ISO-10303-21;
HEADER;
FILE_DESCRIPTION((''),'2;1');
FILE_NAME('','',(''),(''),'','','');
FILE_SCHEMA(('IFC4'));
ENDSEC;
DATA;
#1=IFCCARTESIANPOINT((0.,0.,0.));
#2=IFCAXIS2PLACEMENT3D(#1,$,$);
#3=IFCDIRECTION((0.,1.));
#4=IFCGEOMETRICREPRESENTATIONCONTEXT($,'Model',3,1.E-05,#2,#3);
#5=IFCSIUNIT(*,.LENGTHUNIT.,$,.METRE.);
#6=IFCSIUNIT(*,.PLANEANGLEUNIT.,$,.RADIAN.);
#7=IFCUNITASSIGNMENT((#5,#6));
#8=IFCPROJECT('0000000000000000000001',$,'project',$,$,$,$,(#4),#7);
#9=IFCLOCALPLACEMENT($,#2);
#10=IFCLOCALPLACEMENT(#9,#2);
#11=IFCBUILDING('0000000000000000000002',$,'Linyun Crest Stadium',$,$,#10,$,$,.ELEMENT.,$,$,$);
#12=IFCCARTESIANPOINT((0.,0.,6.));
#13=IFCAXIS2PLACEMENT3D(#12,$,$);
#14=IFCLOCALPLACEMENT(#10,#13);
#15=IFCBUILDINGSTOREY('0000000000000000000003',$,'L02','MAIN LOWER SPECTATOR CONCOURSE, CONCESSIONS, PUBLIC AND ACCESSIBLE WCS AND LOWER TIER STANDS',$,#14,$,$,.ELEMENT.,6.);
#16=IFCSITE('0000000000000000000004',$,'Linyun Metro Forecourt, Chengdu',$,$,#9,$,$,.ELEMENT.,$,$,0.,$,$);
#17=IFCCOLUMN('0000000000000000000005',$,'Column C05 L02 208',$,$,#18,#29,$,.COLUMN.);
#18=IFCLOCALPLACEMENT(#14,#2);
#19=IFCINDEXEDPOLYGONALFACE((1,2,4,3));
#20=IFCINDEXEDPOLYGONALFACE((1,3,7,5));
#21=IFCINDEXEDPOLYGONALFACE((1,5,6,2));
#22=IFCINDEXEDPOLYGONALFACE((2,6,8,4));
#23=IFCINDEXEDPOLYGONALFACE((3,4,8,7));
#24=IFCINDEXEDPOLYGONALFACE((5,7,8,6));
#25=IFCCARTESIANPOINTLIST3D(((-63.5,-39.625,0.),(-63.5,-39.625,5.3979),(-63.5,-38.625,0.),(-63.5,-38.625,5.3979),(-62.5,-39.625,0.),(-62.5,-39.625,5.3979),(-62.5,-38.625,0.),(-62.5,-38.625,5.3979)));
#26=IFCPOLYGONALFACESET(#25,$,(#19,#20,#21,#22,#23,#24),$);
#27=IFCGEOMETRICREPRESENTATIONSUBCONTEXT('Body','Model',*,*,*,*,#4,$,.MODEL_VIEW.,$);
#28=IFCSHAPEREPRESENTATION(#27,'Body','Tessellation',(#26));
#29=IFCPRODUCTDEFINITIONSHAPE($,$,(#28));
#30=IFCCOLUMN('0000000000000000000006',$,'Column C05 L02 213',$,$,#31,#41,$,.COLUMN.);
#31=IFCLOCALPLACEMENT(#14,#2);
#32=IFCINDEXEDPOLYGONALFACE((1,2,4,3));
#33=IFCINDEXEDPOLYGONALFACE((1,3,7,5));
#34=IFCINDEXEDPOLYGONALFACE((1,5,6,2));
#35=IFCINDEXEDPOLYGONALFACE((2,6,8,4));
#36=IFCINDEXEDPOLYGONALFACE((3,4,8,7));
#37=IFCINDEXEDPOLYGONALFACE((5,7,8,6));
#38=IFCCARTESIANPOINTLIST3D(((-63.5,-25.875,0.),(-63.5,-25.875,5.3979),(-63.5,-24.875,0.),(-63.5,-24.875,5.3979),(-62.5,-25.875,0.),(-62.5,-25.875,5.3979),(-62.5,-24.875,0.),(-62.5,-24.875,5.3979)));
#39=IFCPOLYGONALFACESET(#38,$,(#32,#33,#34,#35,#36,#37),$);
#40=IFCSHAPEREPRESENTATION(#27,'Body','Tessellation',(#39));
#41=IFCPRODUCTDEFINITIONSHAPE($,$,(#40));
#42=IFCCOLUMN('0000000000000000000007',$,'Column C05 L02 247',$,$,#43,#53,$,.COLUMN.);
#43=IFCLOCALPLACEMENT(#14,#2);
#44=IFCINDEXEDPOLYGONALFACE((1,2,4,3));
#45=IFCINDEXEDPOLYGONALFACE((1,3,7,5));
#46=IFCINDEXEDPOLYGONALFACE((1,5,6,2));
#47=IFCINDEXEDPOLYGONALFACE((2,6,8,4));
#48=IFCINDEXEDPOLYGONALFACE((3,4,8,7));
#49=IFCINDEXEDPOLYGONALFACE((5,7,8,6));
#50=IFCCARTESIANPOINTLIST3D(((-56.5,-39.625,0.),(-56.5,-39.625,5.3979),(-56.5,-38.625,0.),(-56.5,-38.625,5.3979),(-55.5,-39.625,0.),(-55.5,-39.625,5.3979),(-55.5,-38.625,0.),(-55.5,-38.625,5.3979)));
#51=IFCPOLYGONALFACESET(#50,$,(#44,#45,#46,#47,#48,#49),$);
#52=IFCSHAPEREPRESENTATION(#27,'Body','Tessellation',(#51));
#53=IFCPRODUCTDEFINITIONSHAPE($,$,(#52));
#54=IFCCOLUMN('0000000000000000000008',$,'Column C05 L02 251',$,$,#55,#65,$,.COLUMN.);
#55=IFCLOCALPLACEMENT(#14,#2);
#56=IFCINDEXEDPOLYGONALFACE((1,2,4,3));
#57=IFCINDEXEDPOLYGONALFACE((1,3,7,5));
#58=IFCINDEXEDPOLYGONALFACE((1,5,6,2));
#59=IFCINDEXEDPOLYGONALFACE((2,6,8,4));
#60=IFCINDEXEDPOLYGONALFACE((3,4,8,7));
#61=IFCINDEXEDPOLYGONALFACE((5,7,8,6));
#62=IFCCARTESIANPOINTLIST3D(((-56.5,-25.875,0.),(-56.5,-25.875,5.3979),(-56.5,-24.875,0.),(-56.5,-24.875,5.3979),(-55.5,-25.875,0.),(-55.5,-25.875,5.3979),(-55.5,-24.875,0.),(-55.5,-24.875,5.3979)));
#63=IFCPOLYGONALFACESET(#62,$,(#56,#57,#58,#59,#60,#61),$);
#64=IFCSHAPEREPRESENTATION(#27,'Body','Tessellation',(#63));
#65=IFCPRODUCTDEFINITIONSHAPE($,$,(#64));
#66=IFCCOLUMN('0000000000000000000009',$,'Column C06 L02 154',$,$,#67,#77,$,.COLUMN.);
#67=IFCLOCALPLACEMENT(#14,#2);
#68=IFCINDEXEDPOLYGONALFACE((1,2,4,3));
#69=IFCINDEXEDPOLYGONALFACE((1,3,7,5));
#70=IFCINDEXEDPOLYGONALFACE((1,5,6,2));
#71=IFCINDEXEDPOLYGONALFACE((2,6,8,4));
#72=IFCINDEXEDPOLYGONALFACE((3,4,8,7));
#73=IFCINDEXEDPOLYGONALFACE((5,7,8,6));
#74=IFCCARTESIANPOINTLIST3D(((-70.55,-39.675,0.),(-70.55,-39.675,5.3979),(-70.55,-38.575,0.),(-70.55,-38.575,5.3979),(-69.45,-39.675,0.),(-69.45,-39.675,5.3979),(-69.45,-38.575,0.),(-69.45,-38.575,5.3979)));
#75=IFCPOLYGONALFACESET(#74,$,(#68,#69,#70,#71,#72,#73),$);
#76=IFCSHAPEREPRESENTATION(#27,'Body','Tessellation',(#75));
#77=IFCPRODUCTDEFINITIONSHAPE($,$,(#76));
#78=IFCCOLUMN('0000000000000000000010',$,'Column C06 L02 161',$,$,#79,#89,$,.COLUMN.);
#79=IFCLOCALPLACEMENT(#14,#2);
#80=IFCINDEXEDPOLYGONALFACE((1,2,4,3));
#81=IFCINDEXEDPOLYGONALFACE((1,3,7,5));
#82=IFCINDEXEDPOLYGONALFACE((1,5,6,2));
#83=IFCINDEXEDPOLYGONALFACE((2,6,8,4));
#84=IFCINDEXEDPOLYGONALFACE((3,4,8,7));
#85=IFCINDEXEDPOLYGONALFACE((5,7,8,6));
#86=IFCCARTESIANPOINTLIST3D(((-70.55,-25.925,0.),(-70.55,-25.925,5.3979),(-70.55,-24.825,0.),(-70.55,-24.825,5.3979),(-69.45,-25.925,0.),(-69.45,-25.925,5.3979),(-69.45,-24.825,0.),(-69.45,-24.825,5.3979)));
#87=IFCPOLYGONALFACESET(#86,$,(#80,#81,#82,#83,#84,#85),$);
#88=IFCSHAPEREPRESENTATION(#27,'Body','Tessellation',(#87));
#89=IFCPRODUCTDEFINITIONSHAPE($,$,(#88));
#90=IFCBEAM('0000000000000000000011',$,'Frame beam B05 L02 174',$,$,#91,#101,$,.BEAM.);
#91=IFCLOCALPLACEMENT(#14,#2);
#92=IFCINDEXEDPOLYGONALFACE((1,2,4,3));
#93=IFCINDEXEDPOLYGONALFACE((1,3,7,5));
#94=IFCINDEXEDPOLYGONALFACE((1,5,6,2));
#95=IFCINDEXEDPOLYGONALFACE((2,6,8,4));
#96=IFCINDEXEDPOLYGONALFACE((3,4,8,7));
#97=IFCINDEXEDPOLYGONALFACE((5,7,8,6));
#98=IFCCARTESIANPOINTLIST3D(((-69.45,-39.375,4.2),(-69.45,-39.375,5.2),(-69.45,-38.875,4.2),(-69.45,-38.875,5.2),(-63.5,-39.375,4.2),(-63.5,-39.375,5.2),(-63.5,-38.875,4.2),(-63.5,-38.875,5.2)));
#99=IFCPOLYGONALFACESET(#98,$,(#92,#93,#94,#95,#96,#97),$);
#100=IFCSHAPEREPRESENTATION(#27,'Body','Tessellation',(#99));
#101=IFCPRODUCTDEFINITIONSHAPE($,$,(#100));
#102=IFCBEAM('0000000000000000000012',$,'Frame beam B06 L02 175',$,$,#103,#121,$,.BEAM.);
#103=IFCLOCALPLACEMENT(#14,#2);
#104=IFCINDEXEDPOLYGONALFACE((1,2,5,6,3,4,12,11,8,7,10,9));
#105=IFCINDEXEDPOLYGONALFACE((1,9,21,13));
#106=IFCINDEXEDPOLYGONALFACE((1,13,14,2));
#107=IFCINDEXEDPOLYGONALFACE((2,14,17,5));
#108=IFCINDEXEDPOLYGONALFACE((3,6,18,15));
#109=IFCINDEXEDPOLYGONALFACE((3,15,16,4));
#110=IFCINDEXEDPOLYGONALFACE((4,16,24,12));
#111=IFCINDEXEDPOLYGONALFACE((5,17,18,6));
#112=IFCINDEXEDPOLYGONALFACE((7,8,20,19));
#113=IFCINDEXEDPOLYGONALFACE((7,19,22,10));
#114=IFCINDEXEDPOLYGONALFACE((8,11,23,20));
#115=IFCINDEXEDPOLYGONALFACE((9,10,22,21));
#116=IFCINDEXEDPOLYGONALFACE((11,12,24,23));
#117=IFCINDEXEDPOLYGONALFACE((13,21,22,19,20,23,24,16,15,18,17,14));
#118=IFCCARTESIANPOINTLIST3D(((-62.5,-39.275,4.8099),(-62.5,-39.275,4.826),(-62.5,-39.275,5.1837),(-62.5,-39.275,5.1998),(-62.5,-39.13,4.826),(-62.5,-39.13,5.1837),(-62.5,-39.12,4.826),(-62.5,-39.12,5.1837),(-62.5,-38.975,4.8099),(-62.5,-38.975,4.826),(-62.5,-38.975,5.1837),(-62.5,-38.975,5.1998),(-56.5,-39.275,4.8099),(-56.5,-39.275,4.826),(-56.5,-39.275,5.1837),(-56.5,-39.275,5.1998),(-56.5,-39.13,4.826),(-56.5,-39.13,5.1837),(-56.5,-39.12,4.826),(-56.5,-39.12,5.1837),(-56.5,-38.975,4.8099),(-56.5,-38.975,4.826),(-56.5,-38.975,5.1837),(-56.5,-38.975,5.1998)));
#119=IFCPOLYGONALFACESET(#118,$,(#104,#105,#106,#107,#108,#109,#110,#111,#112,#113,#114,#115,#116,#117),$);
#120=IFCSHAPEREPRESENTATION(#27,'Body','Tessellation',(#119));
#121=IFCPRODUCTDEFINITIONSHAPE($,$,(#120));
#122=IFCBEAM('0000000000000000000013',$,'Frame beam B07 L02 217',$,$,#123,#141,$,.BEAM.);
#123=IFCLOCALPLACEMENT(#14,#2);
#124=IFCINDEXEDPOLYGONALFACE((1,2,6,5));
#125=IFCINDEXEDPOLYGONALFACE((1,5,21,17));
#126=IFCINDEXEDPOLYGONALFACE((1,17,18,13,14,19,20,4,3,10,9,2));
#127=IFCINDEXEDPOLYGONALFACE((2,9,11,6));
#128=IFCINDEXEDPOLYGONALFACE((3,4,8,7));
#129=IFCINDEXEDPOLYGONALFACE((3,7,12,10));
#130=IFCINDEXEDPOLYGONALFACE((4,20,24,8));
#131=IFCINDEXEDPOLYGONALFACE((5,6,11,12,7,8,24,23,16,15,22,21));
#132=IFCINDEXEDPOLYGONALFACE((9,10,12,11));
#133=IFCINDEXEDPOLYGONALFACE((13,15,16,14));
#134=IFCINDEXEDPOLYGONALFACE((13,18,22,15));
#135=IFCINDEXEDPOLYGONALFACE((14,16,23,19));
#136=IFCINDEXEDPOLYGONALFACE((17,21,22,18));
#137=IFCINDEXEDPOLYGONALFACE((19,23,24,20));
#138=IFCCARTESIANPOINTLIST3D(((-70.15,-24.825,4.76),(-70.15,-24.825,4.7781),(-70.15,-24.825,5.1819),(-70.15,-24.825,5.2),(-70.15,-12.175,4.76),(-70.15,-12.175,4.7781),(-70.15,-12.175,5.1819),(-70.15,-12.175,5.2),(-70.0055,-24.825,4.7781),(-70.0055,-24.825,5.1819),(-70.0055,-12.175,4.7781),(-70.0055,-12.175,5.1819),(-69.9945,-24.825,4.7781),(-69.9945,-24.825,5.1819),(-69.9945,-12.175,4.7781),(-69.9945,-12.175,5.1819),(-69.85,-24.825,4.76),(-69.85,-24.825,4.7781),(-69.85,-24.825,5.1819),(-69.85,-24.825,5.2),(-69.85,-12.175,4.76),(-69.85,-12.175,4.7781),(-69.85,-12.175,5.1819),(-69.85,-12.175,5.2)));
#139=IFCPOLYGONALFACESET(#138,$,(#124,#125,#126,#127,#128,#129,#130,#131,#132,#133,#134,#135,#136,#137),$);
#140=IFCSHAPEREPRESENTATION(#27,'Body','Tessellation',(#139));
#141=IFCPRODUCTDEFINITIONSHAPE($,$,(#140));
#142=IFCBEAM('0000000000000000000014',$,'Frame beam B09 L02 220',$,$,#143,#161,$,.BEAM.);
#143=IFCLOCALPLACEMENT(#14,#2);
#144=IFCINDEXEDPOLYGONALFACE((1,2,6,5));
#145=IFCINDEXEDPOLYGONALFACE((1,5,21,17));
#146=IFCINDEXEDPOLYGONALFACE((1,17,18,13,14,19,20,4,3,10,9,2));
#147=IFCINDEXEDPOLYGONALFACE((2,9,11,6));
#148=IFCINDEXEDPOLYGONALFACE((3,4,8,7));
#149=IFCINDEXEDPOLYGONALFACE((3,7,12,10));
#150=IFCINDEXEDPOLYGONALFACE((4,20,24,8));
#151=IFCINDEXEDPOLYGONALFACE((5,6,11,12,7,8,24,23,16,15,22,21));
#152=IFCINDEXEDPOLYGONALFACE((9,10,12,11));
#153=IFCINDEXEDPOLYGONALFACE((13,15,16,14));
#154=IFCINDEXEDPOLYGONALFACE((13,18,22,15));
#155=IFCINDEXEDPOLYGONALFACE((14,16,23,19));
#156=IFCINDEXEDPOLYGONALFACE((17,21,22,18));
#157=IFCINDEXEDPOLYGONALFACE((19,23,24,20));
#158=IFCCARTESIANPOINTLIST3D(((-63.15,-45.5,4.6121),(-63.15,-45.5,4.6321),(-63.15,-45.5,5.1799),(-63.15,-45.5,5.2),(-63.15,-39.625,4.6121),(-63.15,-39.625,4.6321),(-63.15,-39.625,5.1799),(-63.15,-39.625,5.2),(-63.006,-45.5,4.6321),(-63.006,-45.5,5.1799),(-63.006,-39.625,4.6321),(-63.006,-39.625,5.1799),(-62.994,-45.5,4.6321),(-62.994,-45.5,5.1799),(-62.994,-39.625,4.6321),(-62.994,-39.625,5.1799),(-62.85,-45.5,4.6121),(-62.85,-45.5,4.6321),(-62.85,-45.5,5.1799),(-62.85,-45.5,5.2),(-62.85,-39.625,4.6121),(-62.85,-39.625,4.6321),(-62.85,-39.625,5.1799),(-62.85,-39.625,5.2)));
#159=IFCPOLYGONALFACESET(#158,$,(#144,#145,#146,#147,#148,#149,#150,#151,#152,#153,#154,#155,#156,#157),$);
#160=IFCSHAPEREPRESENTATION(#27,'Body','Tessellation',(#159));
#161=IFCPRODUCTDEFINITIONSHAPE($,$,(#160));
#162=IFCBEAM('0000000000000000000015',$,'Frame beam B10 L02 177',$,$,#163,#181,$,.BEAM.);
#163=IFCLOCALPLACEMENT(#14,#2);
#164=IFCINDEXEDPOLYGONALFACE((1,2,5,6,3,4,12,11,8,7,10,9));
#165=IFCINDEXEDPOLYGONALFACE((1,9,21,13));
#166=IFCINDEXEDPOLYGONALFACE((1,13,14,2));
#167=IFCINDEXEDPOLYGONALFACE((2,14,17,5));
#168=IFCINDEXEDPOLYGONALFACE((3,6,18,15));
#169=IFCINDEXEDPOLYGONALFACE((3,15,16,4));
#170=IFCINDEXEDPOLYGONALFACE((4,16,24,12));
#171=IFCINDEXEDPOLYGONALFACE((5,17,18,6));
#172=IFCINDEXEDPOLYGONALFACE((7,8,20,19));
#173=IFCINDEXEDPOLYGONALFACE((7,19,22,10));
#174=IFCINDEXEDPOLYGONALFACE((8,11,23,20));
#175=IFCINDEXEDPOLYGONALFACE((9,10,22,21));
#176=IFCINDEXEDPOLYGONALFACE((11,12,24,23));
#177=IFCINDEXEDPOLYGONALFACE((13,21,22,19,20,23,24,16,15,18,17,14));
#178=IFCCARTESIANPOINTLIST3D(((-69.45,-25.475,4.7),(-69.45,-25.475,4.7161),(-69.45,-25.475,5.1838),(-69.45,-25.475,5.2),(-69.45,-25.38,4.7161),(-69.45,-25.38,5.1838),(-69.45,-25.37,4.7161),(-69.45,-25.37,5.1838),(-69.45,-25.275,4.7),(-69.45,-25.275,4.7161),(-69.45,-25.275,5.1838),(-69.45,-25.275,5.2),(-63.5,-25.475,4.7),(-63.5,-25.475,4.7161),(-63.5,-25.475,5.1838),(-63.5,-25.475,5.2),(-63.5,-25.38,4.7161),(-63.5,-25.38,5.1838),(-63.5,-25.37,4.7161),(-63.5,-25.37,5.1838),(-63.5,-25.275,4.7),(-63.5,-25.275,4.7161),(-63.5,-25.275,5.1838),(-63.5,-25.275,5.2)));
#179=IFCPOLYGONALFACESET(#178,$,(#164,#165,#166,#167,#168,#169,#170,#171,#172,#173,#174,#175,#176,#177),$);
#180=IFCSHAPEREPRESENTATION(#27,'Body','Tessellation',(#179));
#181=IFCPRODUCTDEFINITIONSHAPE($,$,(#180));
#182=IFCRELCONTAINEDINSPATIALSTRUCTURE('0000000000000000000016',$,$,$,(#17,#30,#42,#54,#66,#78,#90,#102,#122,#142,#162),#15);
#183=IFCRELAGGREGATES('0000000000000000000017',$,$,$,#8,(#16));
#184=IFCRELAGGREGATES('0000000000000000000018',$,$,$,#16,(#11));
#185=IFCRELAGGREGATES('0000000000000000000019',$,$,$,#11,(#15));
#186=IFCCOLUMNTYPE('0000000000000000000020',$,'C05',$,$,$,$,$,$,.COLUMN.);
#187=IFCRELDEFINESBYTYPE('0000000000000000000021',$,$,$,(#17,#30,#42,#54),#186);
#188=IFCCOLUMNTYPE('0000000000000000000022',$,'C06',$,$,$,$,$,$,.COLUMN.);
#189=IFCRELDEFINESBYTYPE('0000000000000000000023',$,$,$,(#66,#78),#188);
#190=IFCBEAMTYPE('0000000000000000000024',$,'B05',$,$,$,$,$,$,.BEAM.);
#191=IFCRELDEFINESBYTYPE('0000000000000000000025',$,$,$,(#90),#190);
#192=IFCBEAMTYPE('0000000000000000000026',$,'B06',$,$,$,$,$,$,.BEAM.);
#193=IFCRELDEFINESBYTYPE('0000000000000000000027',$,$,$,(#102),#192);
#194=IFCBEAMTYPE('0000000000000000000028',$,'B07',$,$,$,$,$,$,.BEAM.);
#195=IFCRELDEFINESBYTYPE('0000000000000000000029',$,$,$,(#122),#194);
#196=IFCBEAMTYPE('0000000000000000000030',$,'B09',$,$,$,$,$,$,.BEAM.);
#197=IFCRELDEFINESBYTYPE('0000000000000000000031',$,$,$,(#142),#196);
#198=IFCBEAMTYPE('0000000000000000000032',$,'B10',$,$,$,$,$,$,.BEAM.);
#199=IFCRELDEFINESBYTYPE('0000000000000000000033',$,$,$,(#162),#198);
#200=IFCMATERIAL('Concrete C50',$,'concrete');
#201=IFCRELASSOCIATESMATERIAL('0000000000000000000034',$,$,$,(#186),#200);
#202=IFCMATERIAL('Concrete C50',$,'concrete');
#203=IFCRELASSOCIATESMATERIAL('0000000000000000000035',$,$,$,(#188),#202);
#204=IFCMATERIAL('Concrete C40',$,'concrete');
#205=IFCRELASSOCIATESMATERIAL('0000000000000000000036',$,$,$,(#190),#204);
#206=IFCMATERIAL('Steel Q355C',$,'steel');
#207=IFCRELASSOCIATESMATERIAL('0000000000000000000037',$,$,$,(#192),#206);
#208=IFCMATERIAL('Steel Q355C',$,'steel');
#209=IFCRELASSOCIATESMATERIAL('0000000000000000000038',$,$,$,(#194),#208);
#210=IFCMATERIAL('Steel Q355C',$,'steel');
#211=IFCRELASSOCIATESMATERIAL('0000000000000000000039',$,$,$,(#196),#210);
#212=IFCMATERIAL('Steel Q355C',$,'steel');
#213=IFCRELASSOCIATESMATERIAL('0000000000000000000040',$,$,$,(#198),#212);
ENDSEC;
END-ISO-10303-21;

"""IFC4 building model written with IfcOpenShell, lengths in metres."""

from ifc_helpers import new_model, si_unit, direction, frame, origin, origin_2d, place, context, subcontext, project, spatial, rectangle, i_section, extrude, material, material_profile, profile_set, type_object, element, save


model = new_model("IFC4")

# Units and contexts
model_context = context("Model", 3, precision=1e-05, world=origin(), true_north=direction((0.0, 1.0)))
body_context = subcontext(model_context, "Body", "Model", "MODEL_VIEW")
ifc_project = project(units=[si_unit("LENGTHUNIT", "METRE"), si_unit("PLANEANGLEUNIT", "RADIAN")], contexts=[model_context])

# Site, building, storey
site_placement = place(None, origin())
site = spatial("IfcSite", under=ifc_project, at=site_placement, Name="Linyun Metro Forecourt, Chengdu", CompositionType="ELEMENT", RefElevation=0.0)
building_placement = place(site_placement, origin())
building = spatial("IfcBuilding", under=site, at=building_placement, Name="Linyun Crest Stadium", CompositionType="ELEMENT")
storey_placement = place(building_placement, frame((0.0, 0.0, 6.0)))
storey = spatial("IfcBuildingStorey", under=building, at=storey_placement, Name="L02", Description="MAIN LOWER SPECTATOR CONCOURSE, CONCESSIONS, PUBLIC AND ACCESSIBLE WCS AND LOWER TIER STANDS", CompositionType="ELEMENT", Elevation=6.0)

# Columns
ifc_material_1 = material(Name="Concrete C50", Category="concrete")
ifc_material_profile_1 = material_profile(ifc_material_1, rectangle(XDim=1.0, YDim=1.0, at=origin_2d()), Name="RC 1000x1000")
ifc_profile_set_1 = profile_set([ifc_material_profile_1], Name="Concrete C50")
column_type_1 = type_object("IfcColumnType", Name="C05", PredefinedType="COLUMN", material=ifc_profile_set_1)
for number, where, z_axis, x_axis, name in (
    (1, (-63.0, -39.125, 0.0), (0.0, 0.0, 1.0), (1.0, 0.0, 0.0), "Column C05 L02 208"),
    (2, (-63.0, -25.375, 0.0), (0.0, 0.0, 1.0), (1.0, 0.0, 0.0), "Column C05 L02 213"),
    (3, (-56.0, -39.125, 0.0), (0.0, 0.0, 1.0), (1.0, 0.0, 0.0), "Column C05 L02 247"),
    (4, (-56.0, -25.375, 0.0), (0.0, 0.0, 1.0), (1.0, 0.0, 0.0), "Column C05 L02 251"),
):
    element("IfcColumn", number, at=place(storey_placement, frame(where, z_axis=z_axis, x_axis=x_axis)), inside=storey, type_object=column_type_1, Name=name, PredefinedType="COLUMN", context=body_context, shape_type="SweptSolid", body=[
        extrude(rectangle(XDim=1.0, YDim=1.0, at=origin_2d()), origin(), (0.0, 0.0, 1.0), 5.3979),
    ])
ifc_material_2 = material(Name="Concrete C50", Category="concrete")
ifc_material_profile_2 = material_profile(ifc_material_2, rectangle(XDim=1.1001, YDim=1.1001, at=origin_2d()), Name="RC 1100x1100")
ifc_profile_set_2 = profile_set([ifc_material_profile_2], Name="Concrete C50")
column_type_2 = type_object("IfcColumnType", Name="C06", PredefinedType="COLUMN", material=ifc_profile_set_2)
for number, where, z_axis, x_axis, name in (
    (5, (-70.0, -39.125, 0.0), (0.0, 0.0, 1.0), (1.0, 0.0, 0.0), "Column C06 L02 154"),
    (6, (-70.0, -25.375, 0.0), (0.0, 0.0, 1.0), (1.0, 0.0, 0.0), "Column C06 L02 161"),
):
    element("IfcColumn", number, at=place(storey_placement, frame(where, z_axis=z_axis, x_axis=x_axis)), inside=storey, type_object=column_type_2, Name=name, PredefinedType="COLUMN", context=body_context, shape_type="SweptSolid", body=[
        extrude(rectangle(XDim=1.1001, YDim=1.1001, at=origin_2d()), origin(), (0.0, 0.0, 1.0), 5.3979),
    ])

# Beams
ifc_material_3 = material(Name="Concrete C40", Category="concrete")
ifc_material_profile_3 = material_profile(ifc_material_3, rectangle(XDim=0.5, YDim=1.0, at=origin_2d()), Name="RCB 1000x500")
ifc_profile_set_3 = profile_set([ifc_material_profile_3], Name="Concrete C40")
beam_type_1 = type_object("IfcBeamType", Name="B05", PredefinedType="BEAM", material=ifc_profile_set_3)
beam_1_placement = place(storey_placement, frame((-69.45, -39.125, 4.7), z_axis=(1.0, 0.0, 0.0), x_axis=(0.0, 1.0, 0.0)))
element("IfcBeam", 7, at=beam_1_placement, inside=storey, type_object=beam_type_1, Name="Frame beam B05 L02 174", PredefinedType="BEAM", context=body_context, shape_type="SweptSolid", body=[
    extrude(rectangle(XDim=0.5, YDim=1.0, at=origin_2d()), origin(), (0.0, 0.0, 1.0), 5.95),
])
ifc_material_4 = material(Name="Steel Q355C", Category="steel")
ifc_material_profile_4 = material_profile(ifc_material_4, i_section(OverallWidth=0.3, OverallDepth=0.3899, WebThickness=0.01, FlangeThickness=0.0161, at=origin_2d()), Name="HM 390x300")
ifc_profile_set_4 = profile_set([ifc_material_profile_4], Name="Steel Q355C")
beam_type_2 = type_object("IfcBeamType", Name="B06", PredefinedType="BEAM", material=ifc_profile_set_4)
beam_2_placement = place(storey_placement, frame((-62.5, -39.125, 5.0049), z_axis=(1.0, 0.0, 0.0), x_axis=(0.0, 1.0, 0.0)))
element("IfcBeam", 8, at=beam_2_placement, inside=storey, type_object=beam_type_2, Name="Frame beam B06 L02 175", PredefinedType="BEAM", context=body_context, shape_type="SweptSolid", body=[
    extrude(i_section(OverallWidth=0.3, OverallDepth=0.3899, WebThickness=0.01, FlangeThickness=0.0161, at=origin_2d()), origin(), (0.0, 0.0, 1.0), 6.0),
])
ifc_material_5 = material(Name="Steel Q355C", Category="steel")
ifc_material_profile_5 = material_profile(ifc_material_5, i_section(OverallWidth=0.3, OverallDepth=0.4399, WebThickness=0.011, FlangeThickness=0.0181, at=origin_2d()), Name="HM 440x300")
ifc_profile_set_5 = profile_set([ifc_material_profile_5], Name="Steel Q355C")
beam_type_3 = type_object("IfcBeamType", Name="B07", PredefinedType="BEAM", material=ifc_profile_set_5)
beam_3_placement = place(storey_placement, frame((-70.0, -24.825, 4.98), z_axis=(0.0, 1.0, 0.0), x_axis=(-1.0, 0.0, 0.0)))
element("IfcBeam", 9, at=beam_3_placement, inside=storey, type_object=beam_type_3, Name="Frame beam B07 L02 217", PredefinedType="BEAM", context=body_context, shape_type="SweptSolid", body=[
    extrude(i_section(OverallWidth=0.3, OverallDepth=0.4399, WebThickness=0.011, FlangeThickness=0.0181, at=origin_2d()), origin(), (0.0, 0.0, 1.0), 12.6499),
])
ifc_material_6 = material(Name="Steel Q355C", Category="steel")
ifc_material_profile_6 = material_profile(ifc_material_6, i_section(OverallWidth=0.3, OverallDepth=0.5879, WebThickness=0.012, FlangeThickness=0.02, at=origin_2d()), Name="HM 588x300")
ifc_profile_set_6 = profile_set([ifc_material_profile_6], Name="Steel Q355C")
beam_type_4 = type_object("IfcBeamType", Name="B09", PredefinedType="BEAM", material=ifc_profile_set_6)
beam_4_placement = place(storey_placement, frame((-63.0, -45.5, 4.906), z_axis=(0.0, 1.0, 0.0), x_axis=(-1.0, 0.0, 0.0)))
element("IfcBeam", 10, at=beam_4_placement, inside=storey, type_object=beam_type_4, Name="Frame beam B09 L02 220", PredefinedType="BEAM", context=body_context, shape_type="SweptSolid", body=[
    extrude(i_section(OverallWidth=0.3, OverallDepth=0.5879, WebThickness=0.012, FlangeThickness=0.02, at=origin_2d()), origin(), (0.0, 0.0, 1.0), 5.875),
])
ifc_material_7 = material(Name="Steel Q355C", Category="steel")
ifc_material_profile_7 = material_profile(ifc_material_7, i_section(OverallWidth=0.2, OverallDepth=0.5, WebThickness=0.01, FlangeThickness=0.0161, at=origin_2d()), Name="HN 500x200")
ifc_profile_set_7 = profile_set([ifc_material_profile_7], Name="Steel Q355C")
beam_type_5 = type_object("IfcBeamType", Name="B10", PredefinedType="BEAM", material=ifc_profile_set_7)
beam_5_placement = place(storey_placement, frame((-69.45, -25.375, 4.95), z_axis=(1.0, 0.0, 0.0), x_axis=(0.0, 1.0, 0.0)))
element("IfcBeam", 11, at=beam_5_placement, inside=storey, type_object=beam_type_5, Name="Frame beam B10 L02 177", PredefinedType="BEAM", context=body_context, shape_type="SweptSolid", body=[
    extrude(i_section(OverallWidth=0.2, OverallDepth=0.5, WebThickness=0.01, FlangeThickness=0.0161, at=origin_2d()), origin(), (0.0, 0.0, 1.0), 5.95),
])

save(model, "model.ifc")
